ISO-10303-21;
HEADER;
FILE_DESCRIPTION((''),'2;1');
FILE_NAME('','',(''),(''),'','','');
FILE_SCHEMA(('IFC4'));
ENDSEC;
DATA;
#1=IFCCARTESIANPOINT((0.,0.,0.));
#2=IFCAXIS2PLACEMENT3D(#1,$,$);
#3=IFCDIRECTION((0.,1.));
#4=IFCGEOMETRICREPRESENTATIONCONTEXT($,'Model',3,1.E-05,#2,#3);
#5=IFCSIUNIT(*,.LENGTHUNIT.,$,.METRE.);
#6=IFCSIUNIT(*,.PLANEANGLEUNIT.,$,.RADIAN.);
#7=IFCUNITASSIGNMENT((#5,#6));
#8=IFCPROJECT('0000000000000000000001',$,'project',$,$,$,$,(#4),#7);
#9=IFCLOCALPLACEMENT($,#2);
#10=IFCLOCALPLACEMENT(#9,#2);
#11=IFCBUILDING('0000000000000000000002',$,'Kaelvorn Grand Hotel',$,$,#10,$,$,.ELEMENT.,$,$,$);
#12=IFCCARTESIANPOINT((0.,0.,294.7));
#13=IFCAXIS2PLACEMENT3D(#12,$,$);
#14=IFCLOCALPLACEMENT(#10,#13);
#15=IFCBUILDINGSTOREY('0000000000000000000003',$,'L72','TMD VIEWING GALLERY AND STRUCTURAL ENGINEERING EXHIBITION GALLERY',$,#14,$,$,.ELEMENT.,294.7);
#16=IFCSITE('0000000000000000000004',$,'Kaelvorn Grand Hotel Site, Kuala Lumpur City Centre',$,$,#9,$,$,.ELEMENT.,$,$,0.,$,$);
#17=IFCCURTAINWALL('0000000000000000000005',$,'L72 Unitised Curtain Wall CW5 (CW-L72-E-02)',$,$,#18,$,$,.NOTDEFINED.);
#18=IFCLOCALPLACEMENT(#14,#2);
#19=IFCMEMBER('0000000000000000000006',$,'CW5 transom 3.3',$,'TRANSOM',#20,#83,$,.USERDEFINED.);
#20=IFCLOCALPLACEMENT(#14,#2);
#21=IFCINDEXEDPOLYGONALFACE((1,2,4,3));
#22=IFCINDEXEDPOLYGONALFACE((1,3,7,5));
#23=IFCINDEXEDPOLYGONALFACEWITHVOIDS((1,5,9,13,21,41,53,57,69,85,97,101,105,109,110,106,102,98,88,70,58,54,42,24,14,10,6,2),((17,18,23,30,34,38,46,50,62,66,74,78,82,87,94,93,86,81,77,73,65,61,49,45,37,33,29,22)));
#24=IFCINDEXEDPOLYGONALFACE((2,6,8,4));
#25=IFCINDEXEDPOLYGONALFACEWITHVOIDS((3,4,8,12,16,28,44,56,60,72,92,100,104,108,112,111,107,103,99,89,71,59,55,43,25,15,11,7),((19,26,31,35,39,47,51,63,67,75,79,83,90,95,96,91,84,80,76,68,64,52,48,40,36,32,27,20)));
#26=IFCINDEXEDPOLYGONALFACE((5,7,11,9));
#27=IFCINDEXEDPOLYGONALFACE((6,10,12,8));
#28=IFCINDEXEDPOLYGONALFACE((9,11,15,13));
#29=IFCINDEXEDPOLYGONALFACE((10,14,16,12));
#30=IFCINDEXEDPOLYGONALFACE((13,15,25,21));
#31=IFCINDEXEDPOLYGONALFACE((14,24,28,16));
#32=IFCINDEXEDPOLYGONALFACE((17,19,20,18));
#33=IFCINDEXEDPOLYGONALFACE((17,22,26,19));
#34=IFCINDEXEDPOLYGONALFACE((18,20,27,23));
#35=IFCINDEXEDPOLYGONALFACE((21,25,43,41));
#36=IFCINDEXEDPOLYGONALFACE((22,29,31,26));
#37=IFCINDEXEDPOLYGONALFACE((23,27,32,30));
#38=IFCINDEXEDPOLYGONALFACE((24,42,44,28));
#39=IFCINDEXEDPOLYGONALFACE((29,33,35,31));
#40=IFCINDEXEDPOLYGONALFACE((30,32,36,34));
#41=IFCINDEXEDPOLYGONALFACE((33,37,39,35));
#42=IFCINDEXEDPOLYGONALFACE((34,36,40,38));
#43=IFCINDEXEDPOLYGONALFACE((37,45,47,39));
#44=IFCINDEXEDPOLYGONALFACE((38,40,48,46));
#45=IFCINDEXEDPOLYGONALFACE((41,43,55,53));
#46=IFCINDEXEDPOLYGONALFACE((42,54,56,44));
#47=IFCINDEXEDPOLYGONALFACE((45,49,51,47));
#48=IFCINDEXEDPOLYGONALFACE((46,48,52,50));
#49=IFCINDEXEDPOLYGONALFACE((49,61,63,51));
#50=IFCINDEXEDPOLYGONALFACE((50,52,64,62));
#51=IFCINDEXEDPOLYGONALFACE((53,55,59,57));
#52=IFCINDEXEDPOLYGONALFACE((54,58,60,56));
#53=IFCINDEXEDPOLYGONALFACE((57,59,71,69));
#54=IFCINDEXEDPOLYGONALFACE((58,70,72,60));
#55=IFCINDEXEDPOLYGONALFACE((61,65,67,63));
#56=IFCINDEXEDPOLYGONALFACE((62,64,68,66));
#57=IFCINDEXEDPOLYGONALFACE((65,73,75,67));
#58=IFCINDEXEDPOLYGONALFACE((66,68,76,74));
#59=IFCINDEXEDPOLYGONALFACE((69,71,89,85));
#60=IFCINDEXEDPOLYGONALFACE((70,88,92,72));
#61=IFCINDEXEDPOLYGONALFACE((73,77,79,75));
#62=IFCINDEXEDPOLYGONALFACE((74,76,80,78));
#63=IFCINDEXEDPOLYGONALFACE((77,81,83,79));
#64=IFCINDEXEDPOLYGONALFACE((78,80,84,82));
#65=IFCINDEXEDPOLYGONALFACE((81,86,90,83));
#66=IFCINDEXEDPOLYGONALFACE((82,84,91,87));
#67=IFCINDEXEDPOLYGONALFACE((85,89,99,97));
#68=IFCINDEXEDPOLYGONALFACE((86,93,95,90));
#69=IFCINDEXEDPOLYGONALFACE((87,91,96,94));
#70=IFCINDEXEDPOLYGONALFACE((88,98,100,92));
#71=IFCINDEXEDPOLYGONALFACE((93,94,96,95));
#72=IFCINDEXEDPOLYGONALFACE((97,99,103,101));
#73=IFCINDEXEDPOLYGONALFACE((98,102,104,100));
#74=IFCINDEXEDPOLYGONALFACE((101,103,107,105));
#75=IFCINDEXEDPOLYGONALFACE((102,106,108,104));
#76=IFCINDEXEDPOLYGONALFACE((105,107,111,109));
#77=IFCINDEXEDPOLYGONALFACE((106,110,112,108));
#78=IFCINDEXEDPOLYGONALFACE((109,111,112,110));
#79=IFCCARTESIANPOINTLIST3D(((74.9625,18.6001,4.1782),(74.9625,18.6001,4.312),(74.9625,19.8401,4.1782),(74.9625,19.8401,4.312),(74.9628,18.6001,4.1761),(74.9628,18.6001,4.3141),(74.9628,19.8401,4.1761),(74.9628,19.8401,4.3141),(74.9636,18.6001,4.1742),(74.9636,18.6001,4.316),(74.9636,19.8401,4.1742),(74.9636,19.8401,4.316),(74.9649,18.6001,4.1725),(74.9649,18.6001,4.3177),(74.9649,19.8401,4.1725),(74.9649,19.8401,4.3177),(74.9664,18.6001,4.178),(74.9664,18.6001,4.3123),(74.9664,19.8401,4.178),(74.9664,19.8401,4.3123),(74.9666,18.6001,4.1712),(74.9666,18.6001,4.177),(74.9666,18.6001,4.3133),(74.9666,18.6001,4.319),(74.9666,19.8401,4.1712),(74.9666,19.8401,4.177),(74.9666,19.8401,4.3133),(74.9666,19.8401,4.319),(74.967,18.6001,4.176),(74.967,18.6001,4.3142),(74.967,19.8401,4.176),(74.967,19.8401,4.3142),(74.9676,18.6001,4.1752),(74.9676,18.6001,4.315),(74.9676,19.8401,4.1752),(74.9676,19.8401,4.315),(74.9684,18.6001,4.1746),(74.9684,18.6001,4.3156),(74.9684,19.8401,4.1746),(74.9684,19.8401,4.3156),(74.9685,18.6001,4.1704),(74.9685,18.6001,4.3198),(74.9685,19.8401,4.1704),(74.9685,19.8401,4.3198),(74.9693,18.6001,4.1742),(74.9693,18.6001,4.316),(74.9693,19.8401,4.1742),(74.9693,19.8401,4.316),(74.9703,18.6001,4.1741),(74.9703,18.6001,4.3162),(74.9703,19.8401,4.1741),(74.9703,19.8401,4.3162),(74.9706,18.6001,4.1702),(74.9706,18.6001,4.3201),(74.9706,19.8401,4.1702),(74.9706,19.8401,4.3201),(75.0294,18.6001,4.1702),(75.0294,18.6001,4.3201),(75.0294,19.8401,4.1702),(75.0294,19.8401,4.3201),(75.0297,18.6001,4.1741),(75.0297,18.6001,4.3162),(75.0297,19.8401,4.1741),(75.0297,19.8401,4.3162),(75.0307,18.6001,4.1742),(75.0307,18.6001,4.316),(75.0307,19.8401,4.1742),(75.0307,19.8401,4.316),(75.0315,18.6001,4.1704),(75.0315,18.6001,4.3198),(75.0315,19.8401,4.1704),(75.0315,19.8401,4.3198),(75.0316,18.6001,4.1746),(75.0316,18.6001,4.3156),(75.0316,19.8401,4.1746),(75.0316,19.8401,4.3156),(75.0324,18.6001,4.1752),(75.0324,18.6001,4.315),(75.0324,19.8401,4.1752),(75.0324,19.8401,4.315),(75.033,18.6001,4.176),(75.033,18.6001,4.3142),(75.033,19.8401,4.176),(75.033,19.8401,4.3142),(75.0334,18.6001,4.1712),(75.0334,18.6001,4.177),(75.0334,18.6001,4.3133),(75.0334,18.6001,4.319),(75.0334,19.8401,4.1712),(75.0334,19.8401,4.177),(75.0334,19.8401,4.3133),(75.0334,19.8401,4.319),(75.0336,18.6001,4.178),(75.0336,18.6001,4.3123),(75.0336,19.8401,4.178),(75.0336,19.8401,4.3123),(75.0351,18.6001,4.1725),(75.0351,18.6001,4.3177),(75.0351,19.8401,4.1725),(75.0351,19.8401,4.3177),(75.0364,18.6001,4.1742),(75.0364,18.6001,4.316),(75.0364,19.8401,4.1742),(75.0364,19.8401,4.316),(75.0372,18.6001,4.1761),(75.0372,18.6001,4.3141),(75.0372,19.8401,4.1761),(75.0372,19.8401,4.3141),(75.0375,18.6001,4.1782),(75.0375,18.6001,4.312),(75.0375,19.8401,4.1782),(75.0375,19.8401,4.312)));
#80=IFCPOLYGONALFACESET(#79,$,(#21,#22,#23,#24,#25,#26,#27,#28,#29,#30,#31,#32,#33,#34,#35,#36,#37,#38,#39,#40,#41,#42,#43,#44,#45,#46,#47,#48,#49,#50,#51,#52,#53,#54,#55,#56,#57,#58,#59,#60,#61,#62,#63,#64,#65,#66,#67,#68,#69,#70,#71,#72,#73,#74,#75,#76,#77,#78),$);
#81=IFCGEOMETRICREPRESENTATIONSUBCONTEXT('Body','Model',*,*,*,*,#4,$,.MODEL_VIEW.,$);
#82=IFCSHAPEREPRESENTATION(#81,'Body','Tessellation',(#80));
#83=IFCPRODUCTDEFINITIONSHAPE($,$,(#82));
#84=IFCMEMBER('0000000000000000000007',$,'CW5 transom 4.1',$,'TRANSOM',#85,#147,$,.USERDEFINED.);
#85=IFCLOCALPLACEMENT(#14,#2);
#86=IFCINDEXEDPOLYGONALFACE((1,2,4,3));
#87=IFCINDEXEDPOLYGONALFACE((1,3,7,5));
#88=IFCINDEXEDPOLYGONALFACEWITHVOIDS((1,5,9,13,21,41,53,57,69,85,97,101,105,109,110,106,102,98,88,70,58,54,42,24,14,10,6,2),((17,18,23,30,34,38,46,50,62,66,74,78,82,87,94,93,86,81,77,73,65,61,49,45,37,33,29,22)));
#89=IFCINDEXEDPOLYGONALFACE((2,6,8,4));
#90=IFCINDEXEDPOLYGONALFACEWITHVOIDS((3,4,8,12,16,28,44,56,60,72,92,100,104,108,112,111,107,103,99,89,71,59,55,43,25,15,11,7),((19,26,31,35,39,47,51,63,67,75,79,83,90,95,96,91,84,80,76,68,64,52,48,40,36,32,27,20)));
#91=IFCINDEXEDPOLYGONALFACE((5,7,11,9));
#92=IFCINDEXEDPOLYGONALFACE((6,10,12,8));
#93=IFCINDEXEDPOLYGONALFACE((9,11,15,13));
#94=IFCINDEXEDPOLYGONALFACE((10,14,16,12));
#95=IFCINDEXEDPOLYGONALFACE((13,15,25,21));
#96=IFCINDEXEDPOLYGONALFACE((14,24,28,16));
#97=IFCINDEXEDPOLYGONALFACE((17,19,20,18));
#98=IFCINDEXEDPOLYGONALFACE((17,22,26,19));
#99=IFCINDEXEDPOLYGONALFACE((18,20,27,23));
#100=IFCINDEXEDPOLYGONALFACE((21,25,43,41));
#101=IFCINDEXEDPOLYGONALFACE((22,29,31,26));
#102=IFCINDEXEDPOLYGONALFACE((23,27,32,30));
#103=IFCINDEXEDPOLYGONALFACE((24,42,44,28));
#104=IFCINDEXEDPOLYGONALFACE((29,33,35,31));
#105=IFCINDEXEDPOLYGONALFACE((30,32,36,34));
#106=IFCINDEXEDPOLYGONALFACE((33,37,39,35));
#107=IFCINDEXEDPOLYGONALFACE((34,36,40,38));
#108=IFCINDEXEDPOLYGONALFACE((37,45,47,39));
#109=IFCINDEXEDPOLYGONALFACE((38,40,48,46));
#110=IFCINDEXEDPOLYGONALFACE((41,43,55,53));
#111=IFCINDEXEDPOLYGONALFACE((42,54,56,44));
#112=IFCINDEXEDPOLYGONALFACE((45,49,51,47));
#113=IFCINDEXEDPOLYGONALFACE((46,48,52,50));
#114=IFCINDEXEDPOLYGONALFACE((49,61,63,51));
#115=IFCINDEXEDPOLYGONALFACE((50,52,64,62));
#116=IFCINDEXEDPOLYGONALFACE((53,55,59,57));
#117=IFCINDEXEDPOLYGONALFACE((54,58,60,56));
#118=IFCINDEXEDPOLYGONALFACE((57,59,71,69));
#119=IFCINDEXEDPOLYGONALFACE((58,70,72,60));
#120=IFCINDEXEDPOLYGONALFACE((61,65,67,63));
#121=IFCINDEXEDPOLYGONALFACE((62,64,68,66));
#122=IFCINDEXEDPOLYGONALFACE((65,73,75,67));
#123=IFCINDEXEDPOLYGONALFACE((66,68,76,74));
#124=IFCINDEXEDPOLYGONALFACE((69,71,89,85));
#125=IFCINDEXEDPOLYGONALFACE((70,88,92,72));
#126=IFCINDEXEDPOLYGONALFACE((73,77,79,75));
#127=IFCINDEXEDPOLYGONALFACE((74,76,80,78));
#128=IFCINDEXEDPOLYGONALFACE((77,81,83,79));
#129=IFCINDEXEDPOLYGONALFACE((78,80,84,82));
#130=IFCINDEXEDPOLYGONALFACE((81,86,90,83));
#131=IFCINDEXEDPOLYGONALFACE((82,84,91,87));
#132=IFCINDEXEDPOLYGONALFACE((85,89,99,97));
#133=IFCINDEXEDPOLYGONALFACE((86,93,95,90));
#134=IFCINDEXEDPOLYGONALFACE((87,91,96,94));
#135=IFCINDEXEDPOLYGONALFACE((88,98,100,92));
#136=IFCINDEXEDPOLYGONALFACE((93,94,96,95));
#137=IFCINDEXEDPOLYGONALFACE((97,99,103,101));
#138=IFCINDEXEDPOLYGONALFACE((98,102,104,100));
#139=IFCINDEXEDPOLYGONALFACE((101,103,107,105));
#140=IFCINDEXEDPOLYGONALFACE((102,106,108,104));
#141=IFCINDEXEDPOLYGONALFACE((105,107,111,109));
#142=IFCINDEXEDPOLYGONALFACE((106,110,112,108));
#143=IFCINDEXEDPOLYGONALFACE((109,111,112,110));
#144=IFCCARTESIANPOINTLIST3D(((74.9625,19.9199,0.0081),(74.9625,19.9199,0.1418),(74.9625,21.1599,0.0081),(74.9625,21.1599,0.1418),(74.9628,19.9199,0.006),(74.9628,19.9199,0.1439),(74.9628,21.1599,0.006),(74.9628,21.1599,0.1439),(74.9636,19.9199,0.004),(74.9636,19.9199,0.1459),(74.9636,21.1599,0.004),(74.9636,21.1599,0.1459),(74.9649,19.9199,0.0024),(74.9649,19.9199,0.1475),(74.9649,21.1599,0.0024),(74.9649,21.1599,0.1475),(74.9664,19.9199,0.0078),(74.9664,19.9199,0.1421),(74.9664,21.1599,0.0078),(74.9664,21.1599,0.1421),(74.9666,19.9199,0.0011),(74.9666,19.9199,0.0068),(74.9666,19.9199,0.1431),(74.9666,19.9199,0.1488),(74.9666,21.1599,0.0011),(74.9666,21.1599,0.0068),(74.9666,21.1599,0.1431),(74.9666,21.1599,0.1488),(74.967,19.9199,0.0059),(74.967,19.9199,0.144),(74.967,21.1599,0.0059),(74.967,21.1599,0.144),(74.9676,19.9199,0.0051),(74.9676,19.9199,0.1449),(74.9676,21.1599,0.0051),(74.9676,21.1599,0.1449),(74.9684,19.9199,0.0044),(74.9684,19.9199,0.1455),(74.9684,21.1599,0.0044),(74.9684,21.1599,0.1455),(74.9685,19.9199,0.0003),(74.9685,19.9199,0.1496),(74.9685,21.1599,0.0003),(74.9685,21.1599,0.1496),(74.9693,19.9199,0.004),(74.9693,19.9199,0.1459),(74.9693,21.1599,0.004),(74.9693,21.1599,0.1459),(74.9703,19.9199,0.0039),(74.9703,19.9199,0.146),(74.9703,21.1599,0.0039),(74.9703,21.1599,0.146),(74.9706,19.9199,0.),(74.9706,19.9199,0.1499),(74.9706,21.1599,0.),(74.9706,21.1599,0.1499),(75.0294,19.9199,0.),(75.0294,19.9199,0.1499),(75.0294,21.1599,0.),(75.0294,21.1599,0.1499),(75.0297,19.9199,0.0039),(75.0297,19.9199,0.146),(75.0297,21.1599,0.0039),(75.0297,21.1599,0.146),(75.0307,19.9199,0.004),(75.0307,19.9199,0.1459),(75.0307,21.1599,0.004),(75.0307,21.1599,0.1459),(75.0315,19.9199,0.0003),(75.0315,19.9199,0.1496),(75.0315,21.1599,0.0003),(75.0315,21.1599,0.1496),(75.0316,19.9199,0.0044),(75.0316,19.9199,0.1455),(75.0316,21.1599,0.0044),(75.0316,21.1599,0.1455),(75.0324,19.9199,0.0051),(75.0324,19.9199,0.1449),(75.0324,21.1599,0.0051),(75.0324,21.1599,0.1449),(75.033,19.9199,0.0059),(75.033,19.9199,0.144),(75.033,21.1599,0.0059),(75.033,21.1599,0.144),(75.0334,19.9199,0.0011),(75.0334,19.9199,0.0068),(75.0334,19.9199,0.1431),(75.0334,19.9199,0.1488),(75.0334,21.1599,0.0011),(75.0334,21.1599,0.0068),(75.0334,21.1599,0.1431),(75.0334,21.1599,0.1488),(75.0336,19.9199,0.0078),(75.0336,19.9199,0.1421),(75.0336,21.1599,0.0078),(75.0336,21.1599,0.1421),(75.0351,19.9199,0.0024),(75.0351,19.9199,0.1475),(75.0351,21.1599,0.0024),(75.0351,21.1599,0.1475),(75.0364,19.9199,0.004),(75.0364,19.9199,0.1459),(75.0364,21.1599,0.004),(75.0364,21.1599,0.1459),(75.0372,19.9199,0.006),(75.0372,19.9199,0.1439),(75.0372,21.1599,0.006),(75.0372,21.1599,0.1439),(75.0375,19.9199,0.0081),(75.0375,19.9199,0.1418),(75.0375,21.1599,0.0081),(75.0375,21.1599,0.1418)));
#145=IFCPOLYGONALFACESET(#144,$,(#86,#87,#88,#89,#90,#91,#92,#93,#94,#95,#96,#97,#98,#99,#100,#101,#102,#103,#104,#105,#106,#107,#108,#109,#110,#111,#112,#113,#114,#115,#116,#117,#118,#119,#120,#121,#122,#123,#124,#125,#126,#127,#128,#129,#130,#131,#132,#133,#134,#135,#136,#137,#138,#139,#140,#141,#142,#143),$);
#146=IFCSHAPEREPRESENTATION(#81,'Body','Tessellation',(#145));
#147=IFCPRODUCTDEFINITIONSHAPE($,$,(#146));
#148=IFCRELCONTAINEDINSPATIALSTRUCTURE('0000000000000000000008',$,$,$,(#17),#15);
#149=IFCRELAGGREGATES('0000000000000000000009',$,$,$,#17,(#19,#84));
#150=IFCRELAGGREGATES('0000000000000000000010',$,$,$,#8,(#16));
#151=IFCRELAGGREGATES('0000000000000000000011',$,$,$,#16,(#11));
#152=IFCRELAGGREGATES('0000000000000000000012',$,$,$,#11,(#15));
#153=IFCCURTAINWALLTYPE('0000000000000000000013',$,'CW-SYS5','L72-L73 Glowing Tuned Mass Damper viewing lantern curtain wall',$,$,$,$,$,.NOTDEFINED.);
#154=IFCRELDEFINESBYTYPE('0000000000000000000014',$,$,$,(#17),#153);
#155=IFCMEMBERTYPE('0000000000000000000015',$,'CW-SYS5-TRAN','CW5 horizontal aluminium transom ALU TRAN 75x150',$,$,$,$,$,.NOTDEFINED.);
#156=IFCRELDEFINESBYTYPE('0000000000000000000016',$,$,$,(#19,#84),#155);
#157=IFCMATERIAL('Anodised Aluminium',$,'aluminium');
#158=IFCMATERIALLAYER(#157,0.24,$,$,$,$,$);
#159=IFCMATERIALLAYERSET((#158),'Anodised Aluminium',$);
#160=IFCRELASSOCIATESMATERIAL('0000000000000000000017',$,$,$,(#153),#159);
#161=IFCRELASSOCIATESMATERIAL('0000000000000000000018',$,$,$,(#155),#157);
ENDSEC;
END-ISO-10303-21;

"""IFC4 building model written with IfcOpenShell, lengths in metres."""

from ifc_helpers import new_model, si_unit, direction, frame, origin, origin_2d, place, context, subcontext, project, spatial, hollow_rectangle, extrude, material, layer, layer_set, material_profile, profile_set, type_object, element, aggregate, save


model = new_model("IFC4")

# Units and contexts
model_context = context("Model", 3, precision=1e-05, world=origin(), true_north=direction((0.0, 1.0)))
body_context = subcontext(model_context, "Body", "Model", "MODEL_VIEW")
ifc_project = project(units=[si_unit("LENGTHUNIT", "METRE"), si_unit("PLANEANGLEUNIT", "RADIAN")], contexts=[model_context])

# Site, building, storey
site_placement = place(None, origin())
site = spatial("IfcSite", under=ifc_project, at=site_placement, Name="Kaelvorn Grand Hotel Site, Kuala Lumpur City Centre", CompositionType="ELEMENT", RefElevation=0.0)
building_placement = place(site_placement, origin())
building = spatial("IfcBuilding", under=site, at=building_placement, Name="Kaelvorn Grand Hotel", CompositionType="ELEMENT")
storey_placement = place(building_placement, frame((0.0, 0.0, 294.7)))
storey = spatial("IfcBuildingStorey", under=building, at=storey_placement, Name="L72", Description="TMD VIEWING GALLERY AND STRUCTURAL ENGINEERING EXHIBITION GALLERY", CompositionType="ELEMENT", Elevation=294.7)

# Curtain wall, members
ifc_material_1 = material(Name="Anodised Aluminium", Category="aluminium")
ifc_layer_1 = layer(ifc_material_1, 0.24)
ifc_layer_set_1 = layer_set([ifc_layer_1], Name="Anodised Aluminium")
curtain_wall_type = type_object("IfcCurtainWallType", Name="CW-SYS5", Description="L72-L73 Glowing Tuned Mass Damper viewing lantern curtain wall", PredefinedType="NOTDEFINED", material=ifc_layer_set_1)
curtain_wall_placement = place(storey_placement, origin())
curtain_wall = element("IfcCurtainWall", 1, at=curtain_wall_placement, inside=storey, type_object=curtain_wall_type, Name="L72 Unitised Curtain Wall CW5 (CW-L72-E-02)", PredefinedType="NOTDEFINED")
ifc_material_profile_1 = material_profile(ifc_material_1, hollow_rectangle(XDim=0.075, YDim=0.1499, WallThickness=0.0039, InnerFilletRadius=0.0039, OuterFilletRadius=0.0081, at=origin_2d()), Name="ALU TRAN 75x150")
ifc_profile_set_1 = profile_set([ifc_material_profile_1], Name="Anodised Aluminium")
member_type_1 = type_object("IfcMemberType", Name="CW-SYS5-TRAN", Description="CW5 horizontal aluminium transom ALU TRAN 75x150", PredefinedType="NOTDEFINED", material=ifc_profile_set_1)
member_1_placement = place(storey_placement, frame((75.0, 18.6001, 4.2451), z_axis=(0.0, 1.0, 0.0), x_axis=(-1.0, 0.0, 0.0)))
member_1 = element("IfcMember", 2, at=member_1_placement, type_object=member_type_1, Name="CW5 transom 3.3", ObjectType="TRANSOM", PredefinedType="USERDEFINED", context=body_context, shape_type="SweptSolid", body=[
    extrude(hollow_rectangle(XDim=0.075, YDim=0.1499, WallThickness=0.0039, InnerFilletRadius=0.0039, OuterFilletRadius=0.0081, at=origin_2d()), origin(), (0.0, 0.0, 1.0), 1.24),
])
member_2_placement = place(storey_placement, frame((75.0, 19.9199, 0.075), z_axis=(0.0, 1.0, 0.0), x_axis=(-1.0, 0.0, 0.0)))
member_2 = element("IfcMember", 3, at=member_2_placement, type_object=member_type_1, Name="CW5 transom 4.1", ObjectType="TRANSOM", PredefinedType="USERDEFINED", context=body_context, shape_type="SweptSolid", body=[
    extrude(hollow_rectangle(XDim=0.075, YDim=0.1499, WallThickness=0.0039, InnerFilletRadius=0.0039, OuterFilletRadius=0.0081, at=origin_2d()), origin(), (0.0, 0.0, 1.0), 1.24),
])
aggregate(curtain_wall, [member_1, member_2])

save(model, "model.ifc")
